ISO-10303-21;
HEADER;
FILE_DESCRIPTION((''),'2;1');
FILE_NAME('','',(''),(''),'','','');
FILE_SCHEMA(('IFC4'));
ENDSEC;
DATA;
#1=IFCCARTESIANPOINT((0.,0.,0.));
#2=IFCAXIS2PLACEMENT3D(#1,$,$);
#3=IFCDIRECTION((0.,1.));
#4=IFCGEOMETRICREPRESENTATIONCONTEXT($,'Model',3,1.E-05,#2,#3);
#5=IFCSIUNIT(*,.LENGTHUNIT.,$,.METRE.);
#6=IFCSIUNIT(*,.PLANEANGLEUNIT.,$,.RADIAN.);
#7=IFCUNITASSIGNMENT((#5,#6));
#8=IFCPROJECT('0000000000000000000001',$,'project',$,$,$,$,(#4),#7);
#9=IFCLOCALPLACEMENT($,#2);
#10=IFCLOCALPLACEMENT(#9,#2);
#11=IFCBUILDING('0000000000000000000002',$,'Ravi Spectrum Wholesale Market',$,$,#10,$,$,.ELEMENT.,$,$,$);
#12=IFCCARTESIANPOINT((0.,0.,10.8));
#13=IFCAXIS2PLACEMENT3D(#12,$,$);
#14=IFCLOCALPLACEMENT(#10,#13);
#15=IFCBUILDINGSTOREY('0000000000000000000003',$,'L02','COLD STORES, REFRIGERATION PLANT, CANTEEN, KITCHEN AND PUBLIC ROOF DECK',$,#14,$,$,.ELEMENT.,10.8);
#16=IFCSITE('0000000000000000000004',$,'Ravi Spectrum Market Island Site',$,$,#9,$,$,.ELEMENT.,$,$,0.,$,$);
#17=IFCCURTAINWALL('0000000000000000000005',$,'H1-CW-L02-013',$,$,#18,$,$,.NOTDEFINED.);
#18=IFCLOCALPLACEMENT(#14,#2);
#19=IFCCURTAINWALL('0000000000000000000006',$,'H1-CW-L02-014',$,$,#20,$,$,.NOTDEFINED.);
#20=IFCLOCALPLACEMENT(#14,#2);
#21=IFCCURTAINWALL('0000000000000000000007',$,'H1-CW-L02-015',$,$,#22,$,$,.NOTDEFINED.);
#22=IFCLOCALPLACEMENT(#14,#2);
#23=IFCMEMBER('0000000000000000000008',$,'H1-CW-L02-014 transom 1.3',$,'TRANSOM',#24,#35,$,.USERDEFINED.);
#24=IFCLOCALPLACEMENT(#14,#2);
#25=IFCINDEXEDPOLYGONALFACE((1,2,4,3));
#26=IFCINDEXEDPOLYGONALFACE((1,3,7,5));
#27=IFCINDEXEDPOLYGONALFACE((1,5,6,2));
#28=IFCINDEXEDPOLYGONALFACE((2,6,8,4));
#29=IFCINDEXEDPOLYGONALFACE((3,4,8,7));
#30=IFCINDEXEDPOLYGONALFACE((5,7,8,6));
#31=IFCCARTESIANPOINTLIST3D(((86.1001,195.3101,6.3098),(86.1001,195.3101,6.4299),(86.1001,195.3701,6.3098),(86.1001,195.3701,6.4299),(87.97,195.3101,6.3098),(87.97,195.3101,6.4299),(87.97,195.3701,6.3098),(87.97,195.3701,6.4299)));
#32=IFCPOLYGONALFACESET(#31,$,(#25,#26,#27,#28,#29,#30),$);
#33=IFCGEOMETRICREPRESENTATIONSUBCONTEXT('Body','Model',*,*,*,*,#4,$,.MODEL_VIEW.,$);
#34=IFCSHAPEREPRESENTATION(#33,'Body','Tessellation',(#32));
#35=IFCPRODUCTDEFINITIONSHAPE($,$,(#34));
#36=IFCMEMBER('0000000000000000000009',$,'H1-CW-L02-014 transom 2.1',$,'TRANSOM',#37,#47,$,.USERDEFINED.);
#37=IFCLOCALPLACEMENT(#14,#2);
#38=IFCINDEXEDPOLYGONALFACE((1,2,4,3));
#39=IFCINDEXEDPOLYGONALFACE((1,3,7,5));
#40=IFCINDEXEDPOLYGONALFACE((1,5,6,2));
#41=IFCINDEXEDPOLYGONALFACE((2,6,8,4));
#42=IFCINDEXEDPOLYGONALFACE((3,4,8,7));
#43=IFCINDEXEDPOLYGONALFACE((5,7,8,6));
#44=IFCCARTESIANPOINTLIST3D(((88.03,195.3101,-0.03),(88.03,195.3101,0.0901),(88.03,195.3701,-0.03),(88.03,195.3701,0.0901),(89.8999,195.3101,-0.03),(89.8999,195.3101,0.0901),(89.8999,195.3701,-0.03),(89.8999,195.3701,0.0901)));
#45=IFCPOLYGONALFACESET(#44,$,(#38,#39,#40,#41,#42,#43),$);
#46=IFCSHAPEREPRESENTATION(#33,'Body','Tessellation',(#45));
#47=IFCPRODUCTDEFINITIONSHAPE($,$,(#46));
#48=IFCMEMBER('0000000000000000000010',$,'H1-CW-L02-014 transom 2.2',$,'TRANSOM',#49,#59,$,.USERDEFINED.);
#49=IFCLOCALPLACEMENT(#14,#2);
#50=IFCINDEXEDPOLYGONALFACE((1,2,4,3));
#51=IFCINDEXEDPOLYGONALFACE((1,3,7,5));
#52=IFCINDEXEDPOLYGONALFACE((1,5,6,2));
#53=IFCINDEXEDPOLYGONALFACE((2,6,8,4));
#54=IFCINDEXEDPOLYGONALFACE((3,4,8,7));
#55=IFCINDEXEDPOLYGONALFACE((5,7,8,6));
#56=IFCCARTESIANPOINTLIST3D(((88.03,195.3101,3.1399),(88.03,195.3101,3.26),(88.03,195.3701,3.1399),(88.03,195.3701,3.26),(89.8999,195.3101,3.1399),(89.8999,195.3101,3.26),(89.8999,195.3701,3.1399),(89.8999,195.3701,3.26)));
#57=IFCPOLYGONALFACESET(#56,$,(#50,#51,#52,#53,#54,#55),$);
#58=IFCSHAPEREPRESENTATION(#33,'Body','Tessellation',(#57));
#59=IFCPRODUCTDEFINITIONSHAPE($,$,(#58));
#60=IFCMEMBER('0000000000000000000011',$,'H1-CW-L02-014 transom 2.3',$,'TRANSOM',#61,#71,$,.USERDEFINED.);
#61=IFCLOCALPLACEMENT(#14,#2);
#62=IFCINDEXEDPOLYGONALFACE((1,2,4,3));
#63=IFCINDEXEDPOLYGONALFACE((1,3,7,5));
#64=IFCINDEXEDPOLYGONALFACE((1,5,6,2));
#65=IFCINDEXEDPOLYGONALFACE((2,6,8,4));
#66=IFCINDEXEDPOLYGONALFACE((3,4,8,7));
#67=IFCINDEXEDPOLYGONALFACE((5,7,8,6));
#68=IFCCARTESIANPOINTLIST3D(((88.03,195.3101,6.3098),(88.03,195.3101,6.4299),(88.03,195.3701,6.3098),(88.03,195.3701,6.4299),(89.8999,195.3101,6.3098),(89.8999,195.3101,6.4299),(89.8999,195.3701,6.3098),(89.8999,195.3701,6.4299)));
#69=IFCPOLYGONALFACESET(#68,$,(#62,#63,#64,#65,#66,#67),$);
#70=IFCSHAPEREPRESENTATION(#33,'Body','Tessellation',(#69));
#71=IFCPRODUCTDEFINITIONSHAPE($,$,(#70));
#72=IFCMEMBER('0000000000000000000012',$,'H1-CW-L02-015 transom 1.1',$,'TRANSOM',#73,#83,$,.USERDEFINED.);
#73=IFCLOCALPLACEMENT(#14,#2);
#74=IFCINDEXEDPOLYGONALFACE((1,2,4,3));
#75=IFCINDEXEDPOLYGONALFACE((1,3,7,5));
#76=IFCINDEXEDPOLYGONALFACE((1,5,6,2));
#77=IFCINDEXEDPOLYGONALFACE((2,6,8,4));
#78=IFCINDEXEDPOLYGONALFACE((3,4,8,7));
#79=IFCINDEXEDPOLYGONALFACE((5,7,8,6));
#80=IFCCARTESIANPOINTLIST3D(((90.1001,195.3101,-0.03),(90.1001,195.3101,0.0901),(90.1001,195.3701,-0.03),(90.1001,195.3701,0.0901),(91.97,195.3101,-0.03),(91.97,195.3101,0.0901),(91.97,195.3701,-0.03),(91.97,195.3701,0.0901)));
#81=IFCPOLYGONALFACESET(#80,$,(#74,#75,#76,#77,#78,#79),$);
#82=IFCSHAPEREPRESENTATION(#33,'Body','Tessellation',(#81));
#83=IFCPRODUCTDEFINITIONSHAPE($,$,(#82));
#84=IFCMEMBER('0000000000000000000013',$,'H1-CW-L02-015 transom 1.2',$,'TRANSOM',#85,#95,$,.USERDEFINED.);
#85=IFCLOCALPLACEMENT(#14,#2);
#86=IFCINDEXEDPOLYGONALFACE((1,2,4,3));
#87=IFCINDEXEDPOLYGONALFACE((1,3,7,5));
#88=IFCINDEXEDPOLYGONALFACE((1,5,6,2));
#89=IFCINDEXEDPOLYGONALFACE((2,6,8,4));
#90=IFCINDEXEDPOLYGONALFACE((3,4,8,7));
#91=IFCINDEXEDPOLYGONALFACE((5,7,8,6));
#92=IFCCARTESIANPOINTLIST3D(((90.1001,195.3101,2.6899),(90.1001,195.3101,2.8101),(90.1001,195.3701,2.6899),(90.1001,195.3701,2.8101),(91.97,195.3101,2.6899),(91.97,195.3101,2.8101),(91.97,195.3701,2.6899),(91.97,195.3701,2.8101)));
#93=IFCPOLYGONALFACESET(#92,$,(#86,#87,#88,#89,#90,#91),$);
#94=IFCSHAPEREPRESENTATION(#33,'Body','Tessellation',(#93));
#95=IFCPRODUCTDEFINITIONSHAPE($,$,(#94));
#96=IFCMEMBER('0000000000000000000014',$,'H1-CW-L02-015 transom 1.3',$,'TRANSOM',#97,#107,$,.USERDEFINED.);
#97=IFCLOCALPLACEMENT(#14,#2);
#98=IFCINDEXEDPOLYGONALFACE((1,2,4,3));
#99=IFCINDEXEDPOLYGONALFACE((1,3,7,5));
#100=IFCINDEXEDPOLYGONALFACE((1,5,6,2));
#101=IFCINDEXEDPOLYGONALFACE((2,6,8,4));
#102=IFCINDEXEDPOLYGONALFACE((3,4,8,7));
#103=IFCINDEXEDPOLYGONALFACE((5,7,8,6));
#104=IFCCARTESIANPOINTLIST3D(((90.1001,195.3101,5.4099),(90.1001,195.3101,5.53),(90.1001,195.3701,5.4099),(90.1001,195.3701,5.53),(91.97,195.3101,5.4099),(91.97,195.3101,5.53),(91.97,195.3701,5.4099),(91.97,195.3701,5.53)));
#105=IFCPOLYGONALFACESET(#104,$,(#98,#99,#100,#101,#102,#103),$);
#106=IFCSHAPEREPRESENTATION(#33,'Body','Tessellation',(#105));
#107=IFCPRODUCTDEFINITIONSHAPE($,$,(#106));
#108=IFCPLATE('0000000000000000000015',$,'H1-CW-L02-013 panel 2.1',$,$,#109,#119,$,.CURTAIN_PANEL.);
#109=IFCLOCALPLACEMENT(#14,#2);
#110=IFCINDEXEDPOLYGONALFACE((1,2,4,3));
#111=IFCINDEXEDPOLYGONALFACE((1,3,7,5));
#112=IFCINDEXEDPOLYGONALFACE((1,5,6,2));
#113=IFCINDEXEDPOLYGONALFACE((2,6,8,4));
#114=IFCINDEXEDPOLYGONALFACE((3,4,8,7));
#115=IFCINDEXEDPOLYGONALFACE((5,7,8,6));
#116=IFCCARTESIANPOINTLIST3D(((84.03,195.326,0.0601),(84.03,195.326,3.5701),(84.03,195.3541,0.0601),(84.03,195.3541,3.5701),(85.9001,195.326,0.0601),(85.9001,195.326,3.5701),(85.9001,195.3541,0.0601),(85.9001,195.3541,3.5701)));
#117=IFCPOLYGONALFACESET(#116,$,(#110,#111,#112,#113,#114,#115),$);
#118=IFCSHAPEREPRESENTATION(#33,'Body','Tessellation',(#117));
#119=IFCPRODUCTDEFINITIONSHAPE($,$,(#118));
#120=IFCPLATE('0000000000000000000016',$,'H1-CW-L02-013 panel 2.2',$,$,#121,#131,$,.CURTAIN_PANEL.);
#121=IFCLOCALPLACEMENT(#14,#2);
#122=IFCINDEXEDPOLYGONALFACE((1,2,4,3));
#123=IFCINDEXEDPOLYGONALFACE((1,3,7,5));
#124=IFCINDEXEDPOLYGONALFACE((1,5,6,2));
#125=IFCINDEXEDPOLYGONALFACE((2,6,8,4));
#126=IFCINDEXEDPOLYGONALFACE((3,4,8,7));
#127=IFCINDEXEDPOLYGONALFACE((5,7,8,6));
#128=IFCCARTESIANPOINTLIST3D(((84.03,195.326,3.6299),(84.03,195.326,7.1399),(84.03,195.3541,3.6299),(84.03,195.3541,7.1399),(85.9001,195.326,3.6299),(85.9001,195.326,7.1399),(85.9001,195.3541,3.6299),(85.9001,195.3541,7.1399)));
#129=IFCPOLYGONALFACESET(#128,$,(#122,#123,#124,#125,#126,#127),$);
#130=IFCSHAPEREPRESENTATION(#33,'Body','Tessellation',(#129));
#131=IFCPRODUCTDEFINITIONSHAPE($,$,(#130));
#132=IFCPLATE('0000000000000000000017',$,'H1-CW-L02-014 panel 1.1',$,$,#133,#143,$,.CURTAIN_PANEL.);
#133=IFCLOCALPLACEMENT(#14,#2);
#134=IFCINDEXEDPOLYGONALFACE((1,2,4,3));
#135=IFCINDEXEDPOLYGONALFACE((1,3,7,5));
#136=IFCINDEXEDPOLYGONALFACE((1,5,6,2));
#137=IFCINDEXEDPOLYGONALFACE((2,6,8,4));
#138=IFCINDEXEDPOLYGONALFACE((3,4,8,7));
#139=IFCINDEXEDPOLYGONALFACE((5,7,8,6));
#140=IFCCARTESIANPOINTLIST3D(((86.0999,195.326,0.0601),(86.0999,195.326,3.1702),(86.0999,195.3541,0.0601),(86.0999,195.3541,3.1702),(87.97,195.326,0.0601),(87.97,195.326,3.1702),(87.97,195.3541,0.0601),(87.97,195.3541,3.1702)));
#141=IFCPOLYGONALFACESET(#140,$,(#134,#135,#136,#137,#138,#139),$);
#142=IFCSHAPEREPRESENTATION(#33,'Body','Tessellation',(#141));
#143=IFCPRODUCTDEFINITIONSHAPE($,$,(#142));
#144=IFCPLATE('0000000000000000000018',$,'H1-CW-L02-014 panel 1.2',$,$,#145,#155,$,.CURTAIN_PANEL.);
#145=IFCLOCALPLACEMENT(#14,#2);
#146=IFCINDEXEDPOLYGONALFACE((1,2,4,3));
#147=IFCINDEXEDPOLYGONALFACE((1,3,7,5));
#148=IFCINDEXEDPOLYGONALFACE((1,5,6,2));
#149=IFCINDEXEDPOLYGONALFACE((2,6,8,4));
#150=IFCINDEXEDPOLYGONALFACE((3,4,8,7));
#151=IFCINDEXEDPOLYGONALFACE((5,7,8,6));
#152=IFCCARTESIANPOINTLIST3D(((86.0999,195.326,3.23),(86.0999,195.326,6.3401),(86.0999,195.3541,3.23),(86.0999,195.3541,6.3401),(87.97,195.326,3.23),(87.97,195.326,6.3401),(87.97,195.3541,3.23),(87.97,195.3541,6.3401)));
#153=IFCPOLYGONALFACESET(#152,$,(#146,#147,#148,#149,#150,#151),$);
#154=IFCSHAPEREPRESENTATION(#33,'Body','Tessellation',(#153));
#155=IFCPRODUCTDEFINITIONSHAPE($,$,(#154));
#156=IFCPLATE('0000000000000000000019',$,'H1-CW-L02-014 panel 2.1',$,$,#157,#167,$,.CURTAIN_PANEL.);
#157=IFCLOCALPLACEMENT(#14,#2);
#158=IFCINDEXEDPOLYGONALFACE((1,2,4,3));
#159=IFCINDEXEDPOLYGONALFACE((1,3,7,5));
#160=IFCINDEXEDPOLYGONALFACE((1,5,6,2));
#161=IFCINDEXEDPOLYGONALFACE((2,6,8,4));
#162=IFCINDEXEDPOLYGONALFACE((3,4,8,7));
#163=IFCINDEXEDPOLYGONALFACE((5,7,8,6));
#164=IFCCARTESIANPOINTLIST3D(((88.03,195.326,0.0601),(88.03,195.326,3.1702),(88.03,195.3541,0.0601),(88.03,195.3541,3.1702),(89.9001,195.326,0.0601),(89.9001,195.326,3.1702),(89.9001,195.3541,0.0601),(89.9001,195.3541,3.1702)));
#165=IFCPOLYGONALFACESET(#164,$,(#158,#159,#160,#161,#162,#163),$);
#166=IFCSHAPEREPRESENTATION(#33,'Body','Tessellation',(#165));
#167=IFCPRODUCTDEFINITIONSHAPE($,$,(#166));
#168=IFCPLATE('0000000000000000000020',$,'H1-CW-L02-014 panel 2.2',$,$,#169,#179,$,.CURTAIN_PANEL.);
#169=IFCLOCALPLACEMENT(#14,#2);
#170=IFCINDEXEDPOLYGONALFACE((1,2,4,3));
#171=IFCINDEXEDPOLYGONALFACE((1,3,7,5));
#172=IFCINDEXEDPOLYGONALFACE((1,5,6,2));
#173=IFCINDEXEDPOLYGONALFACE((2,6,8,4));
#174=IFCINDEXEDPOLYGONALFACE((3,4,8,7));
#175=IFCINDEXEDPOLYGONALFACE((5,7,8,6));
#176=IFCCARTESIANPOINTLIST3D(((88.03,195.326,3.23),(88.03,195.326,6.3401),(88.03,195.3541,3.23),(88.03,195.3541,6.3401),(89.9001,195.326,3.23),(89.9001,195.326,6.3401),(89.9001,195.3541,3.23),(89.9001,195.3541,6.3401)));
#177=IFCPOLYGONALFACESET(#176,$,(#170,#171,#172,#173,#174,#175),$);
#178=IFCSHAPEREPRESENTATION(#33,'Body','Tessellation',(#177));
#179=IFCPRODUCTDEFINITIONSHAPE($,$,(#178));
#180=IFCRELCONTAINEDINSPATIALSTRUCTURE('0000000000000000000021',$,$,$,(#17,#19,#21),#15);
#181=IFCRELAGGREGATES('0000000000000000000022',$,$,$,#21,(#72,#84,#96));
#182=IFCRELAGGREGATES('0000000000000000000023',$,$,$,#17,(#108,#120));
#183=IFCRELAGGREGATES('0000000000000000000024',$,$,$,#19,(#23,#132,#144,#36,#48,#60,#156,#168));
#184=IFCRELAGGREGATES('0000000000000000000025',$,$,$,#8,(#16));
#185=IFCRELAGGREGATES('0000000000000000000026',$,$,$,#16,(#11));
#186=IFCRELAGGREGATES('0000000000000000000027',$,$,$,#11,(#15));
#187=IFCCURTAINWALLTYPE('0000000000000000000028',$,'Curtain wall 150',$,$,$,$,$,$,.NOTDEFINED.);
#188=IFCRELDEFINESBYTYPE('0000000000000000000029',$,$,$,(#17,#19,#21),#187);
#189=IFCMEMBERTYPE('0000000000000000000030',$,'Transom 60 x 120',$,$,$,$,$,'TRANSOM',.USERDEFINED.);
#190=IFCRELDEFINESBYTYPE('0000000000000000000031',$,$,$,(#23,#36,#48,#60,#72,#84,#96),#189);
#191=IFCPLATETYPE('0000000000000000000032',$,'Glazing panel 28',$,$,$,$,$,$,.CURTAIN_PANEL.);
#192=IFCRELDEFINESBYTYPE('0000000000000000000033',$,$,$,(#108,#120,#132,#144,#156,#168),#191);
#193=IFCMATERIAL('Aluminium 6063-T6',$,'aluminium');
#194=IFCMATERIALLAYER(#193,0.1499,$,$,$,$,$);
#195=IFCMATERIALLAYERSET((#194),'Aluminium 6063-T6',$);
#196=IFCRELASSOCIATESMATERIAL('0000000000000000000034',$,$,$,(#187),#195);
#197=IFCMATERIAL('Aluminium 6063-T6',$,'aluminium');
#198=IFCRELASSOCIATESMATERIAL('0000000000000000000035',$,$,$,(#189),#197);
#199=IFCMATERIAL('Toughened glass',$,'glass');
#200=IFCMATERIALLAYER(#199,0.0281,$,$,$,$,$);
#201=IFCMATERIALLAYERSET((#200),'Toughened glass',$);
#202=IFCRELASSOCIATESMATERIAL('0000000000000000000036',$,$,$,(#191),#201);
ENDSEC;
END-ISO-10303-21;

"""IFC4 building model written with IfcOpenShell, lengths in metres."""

from ifc_helpers import new_model, si_unit, direction, frame, origin, origin_2d, place, context, subcontext, project, spatial, rectangle, extrude, material, layer, layer_set, material_profile, profile_set, type_object, element, aggregate, save


model = new_model("IFC4")

# Units and contexts
model_context = context("Model", 3, precision=1e-05, world=origin(), true_north=direction((0.0, 1.0)))
body_context = subcontext(model_context, "Body", "Model", "MODEL_VIEW")
ifc_project = project(units=[si_unit("LENGTHUNIT", "METRE"), si_unit("PLANEANGLEUNIT", "RADIAN")], contexts=[model_context])

# Site, building, storey
site_placement = place(None, origin())
site = spatial("IfcSite", under=ifc_project, at=site_placement, Name="Ravi Spectrum Market Island Site", CompositionType="ELEMENT", RefElevation=0.0)
building_placement = place(site_placement, origin())
building = spatial("IfcBuilding", under=site, at=building_placement, Name="Ravi Spectrum Wholesale Market", CompositionType="ELEMENT")
storey_placement = place(building_placement, frame((0.0, 0.0, 10.8)))
storey = spatial("IfcBuildingStorey", under=building, at=storey_placement, Name="L02", Description="COLD STORES, REFRIGERATION PLANT, CANTEEN, KITCHEN AND PUBLIC ROOF DECK", CompositionType="ELEMENT", Elevation=10.8)

# Curtain walls
ifc_material_1 = material(Name="Aluminium 6063-T6", Category="aluminium")
ifc_layer_1 = layer(ifc_material_1, 0.1499)
ifc_layer_set_1 = layer_set([ifc_layer_1], Name="Aluminium 6063-T6")
curtain_wall_type = type_object("IfcCurtainWallType", Name="Curtain wall 150", PredefinedType="NOTDEFINED", material=ifc_layer_set_1)
curtain_wall_1_placement = place(storey_placement, origin())
curtain_wall_1 = element("IfcCurtainWall", 1, at=curtain_wall_1_placement, inside=storey, type_object=curtain_wall_type, Name="H1-CW-L02-013", PredefinedType="NOTDEFINED")
curtain_wall_2_placement = place(storey_placement, origin())
curtain_wall_2 = element("IfcCurtainWall", 2, at=curtain_wall_2_placement, inside=storey, type_object=curtain_wall_type, Name="H1-CW-L02-014", PredefinedType="NOTDEFINED")

# Curtain wall
curtain_wall_3_placement = place(storey_placement, origin())
curtain_wall_3 = element("IfcCurtainWall", 3, at=curtain_wall_3_placement, inside=storey, type_object=curtain_wall_type, Name="H1-CW-L02-015", PredefinedType="NOTDEFINED")

# Members
ifc_material_2 = material(Name="Aluminium 6063-T6", Category="aluminium")
ifc_material_profile_1 = material_profile(ifc_material_2, rectangle(XDim=0.0601, YDim=0.1201, at=origin_2d()))
ifc_profile_set_1 = profile_set([ifc_material_profile_1], Name="Aluminium 6063-T6")
member_type_1 = type_object("IfcMemberType", Name="Transom 60 x 120", ElementType="TRANSOM", PredefinedType="USERDEFINED", material=ifc_profile_set_1)
member_1_placement = place(storey_placement, frame((86.1001, 195.3401, 6.3699), z_axis=(1.0, 0.0, 0.0), x_axis=(0.0, 1.0, 0.0)))
member_1 = element("IfcMember", 4, at=member_1_placement, type_object=member_type_1, Name="H1-CW-L02-014 transom 1.3", ObjectType="TRANSOM", PredefinedType="USERDEFINED", context=body_context, shape_type="SweptSolid", body=[
    extrude(rectangle(XDim=0.0601, YDim=0.1201, at=origin_2d()), origin(), (0.0, 0.0, 1.0), 1.8699),
])
member_2_placement = place(storey_placement, frame((88.03, 195.3401, 0.03), z_axis=(1.0, 0.0, 0.0), x_axis=(0.0, 1.0, 0.0)))
member_2 = element("IfcMember", 5, at=member_2_placement, type_object=member_type_1, Name="H1-CW-L02-014 transom 2.1", ObjectType="TRANSOM", PredefinedType="USERDEFINED", context=body_context, shape_type="SweptSolid", body=[
    extrude(rectangle(XDim=0.0601, YDim=0.1201, at=origin_2d()), origin(), (0.0, 0.0, 1.0), 1.8699),
])
member_3_placement = place(storey_placement, frame((88.03, 195.3401, 3.2), z_axis=(1.0, 0.0, 0.0), x_axis=(0.0, 1.0, 0.0)))
member_3 = element("IfcMember", 6, at=member_3_placement, type_object=member_type_1, Name="H1-CW-L02-014 transom 2.2", ObjectType="TRANSOM", PredefinedType="USERDEFINED", context=body_context, shape_type="SweptSolid", body=[
    extrude(rectangle(XDim=0.0601, YDim=0.1201, at=origin_2d()), origin(), (0.0, 0.0, 1.0), 1.8699),
])
member_4_placement = place(storey_placement, frame((88.03, 195.3401, 6.3699), z_axis=(1.0, 0.0, 0.0), x_axis=(0.0, 1.0, 0.0)))
member_4 = element("IfcMember", 7, at=member_4_placement, type_object=member_type_1, Name="H1-CW-L02-014 transom 2.3", ObjectType="TRANSOM", PredefinedType="USERDEFINED", context=body_context, shape_type="SweptSolid", body=[
    extrude(rectangle(XDim=0.0601, YDim=0.1201, at=origin_2d()), origin(), (0.0, 0.0, 1.0), 1.8699),
])
member_5_placement = place(storey_placement, frame((90.1001, 195.3401, 0.03), z_axis=(1.0, 0.0, 0.0), x_axis=(0.0, 1.0, 0.0)))
member_5 = element("IfcMember", 8, at=member_5_placement, type_object=member_type_1, Name="H1-CW-L02-015 transom 1.1", ObjectType="TRANSOM", PredefinedType="USERDEFINED", context=body_context, shape_type="SweptSolid", body=[
    extrude(rectangle(XDim=0.0601, YDim=0.1201, at=origin_2d()), origin(), (0.0, 0.0, 1.0), 1.8699),
])
member_6_placement = place(storey_placement, frame((90.1001, 195.3401, 2.75), z_axis=(1.0, 0.0, 0.0), x_axis=(0.0, 1.0, 0.0)))
member_6 = element("IfcMember", 9, at=member_6_placement, type_object=member_type_1, Name="H1-CW-L02-015 transom 1.2", ObjectType="TRANSOM", PredefinedType="USERDEFINED", context=body_context, shape_type="SweptSolid", body=[
    extrude(rectangle(XDim=0.0601, YDim=0.1201, at=origin_2d()), origin(), (0.0, 0.0, 1.0), 1.8699),
])
member_7_placement = place(storey_placement, frame((90.1001, 195.3401, 5.47), z_axis=(1.0, 0.0, 0.0), x_axis=(0.0, 1.0, 0.0)))
member_7 = element("IfcMember", 10, at=member_7_placement, type_object=member_type_1, Name="H1-CW-L02-015 transom 1.3", ObjectType="TRANSOM", PredefinedType="USERDEFINED", context=body_context, shape_type="SweptSolid", body=[
    extrude(rectangle(XDim=0.0601, YDim=0.1201, at=origin_2d()), origin(), (0.0, 0.0, 1.0), 1.8699),
])
aggregate(curtain_wall_3, [member_5, member_6, member_7])

# Plates
ifc_material_3 = material(Name="Toughened glass", Category="glass")
ifc_layer_2 = layer(ifc_material_3, 0.0281)
ifc_layer_set_2 = layer_set([ifc_layer_2], Name="Toughened glass")
plate_type = type_object("IfcPlateType", Name="Glazing panel 28", PredefinedType="CURTAIN_PANEL", material=ifc_layer_set_2)
plate_1_placement = place(storey_placement, frame((84.9651, 195.3401, 0.0601), z_axis=(0.0, 0.0, 1.0), x_axis=(1.0, 0.0, 0.0)))
plate_1 = element("IfcPlate", 11, at=plate_1_placement, type_object=plate_type, Name="H1-CW-L02-013 panel 2.1", PredefinedType="CURTAIN_PANEL", context=body_context, shape_type="SweptSolid", body=[
    extrude(rectangle(XDim=1.8701, YDim=0.0281, at=origin_2d()), origin(), (0.0, 0.0, 1.0), 3.51),
])
plate_2_placement = place(storey_placement, frame((84.9651, 195.3401, 3.6299), z_axis=(0.0, 0.0, 1.0), x_axis=(1.0, 0.0, 0.0)))
plate_2 = element("IfcPlate", 12, at=plate_2_placement, type_object=plate_type, Name="H1-CW-L02-013 panel 2.2", PredefinedType="CURTAIN_PANEL", context=body_context, shape_type="SweptSolid", body=[
    extrude(rectangle(XDim=1.8701, YDim=0.0281, at=origin_2d()), origin(), (0.0, 0.0, 1.0), 3.51),
])
aggregate(curtain_wall_1, [plate_1, plate_2])
plate_3_placement = place(storey_placement, frame((87.0349, 195.3401, 0.0601), z_axis=(0.0, 0.0, 1.0), x_axis=(1.0, 0.0, 0.0)))
plate_3 = element("IfcPlate", 13, at=plate_3_placement, type_object=plate_type, Name="H1-CW-L02-014 panel 1.1", PredefinedType="CURTAIN_PANEL", context=body_context, shape_type="SweptSolid", body=[
    extrude(rectangle(XDim=1.8701, YDim=0.0281, at=origin_2d()), origin(), (0.0, 0.0, 1.0), 3.1101),
])
plate_4_placement = place(storey_placement, frame((87.0349, 195.3401, 3.23), z_axis=(0.0, 0.0, 1.0), x_axis=(1.0, 0.0, 0.0)))
plate_4 = element("IfcPlate", 14, at=plate_4_placement, type_object=plate_type, Name="H1-CW-L02-014 panel 1.2", PredefinedType="CURTAIN_PANEL", context=body_context, shape_type="SweptSolid", body=[
    extrude(rectangle(XDim=1.8701, YDim=0.0281, at=origin_2d()), origin(), (0.0, 0.0, 1.0), 3.1101),
])
plate_5_placement = place(storey_placement, frame((88.9651, 195.3401, 0.0601), z_axis=(0.0, 0.0, 1.0), x_axis=(1.0, 0.0, 0.0)))
plate_5 = element("IfcPlate", 15, at=plate_5_placement, type_object=plate_type, Name="H1-CW-L02-014 panel 2.1", PredefinedType="CURTAIN_PANEL", context=body_context, shape_type="SweptSolid", body=[
    extrude(rectangle(XDim=1.8701, YDim=0.0281, at=origin_2d()), origin(), (0.0, 0.0, 1.0), 3.1101),
])
plate_6_placement = place(storey_placement, frame((88.9651, 195.3401, 3.23), z_axis=(0.0, 0.0, 1.0), x_axis=(1.0, 0.0, 0.0)))
plate_6 = element("IfcPlate", 16, at=plate_6_placement, type_object=plate_type, Name="H1-CW-L02-014 panel 2.2", PredefinedType="CURTAIN_PANEL", context=body_context, shape_type="SweptSolid", body=[
    extrude(rectangle(XDim=1.8701, YDim=0.0281, at=origin_2d()), origin(), (0.0, 0.0, 1.0), 3.1101),
])
aggregate(curtain_wall_2, [member_1, plate_3, plate_4, member_2, member_3, member_4, plate_5, plate_6])

save(model, "model.ifc")
